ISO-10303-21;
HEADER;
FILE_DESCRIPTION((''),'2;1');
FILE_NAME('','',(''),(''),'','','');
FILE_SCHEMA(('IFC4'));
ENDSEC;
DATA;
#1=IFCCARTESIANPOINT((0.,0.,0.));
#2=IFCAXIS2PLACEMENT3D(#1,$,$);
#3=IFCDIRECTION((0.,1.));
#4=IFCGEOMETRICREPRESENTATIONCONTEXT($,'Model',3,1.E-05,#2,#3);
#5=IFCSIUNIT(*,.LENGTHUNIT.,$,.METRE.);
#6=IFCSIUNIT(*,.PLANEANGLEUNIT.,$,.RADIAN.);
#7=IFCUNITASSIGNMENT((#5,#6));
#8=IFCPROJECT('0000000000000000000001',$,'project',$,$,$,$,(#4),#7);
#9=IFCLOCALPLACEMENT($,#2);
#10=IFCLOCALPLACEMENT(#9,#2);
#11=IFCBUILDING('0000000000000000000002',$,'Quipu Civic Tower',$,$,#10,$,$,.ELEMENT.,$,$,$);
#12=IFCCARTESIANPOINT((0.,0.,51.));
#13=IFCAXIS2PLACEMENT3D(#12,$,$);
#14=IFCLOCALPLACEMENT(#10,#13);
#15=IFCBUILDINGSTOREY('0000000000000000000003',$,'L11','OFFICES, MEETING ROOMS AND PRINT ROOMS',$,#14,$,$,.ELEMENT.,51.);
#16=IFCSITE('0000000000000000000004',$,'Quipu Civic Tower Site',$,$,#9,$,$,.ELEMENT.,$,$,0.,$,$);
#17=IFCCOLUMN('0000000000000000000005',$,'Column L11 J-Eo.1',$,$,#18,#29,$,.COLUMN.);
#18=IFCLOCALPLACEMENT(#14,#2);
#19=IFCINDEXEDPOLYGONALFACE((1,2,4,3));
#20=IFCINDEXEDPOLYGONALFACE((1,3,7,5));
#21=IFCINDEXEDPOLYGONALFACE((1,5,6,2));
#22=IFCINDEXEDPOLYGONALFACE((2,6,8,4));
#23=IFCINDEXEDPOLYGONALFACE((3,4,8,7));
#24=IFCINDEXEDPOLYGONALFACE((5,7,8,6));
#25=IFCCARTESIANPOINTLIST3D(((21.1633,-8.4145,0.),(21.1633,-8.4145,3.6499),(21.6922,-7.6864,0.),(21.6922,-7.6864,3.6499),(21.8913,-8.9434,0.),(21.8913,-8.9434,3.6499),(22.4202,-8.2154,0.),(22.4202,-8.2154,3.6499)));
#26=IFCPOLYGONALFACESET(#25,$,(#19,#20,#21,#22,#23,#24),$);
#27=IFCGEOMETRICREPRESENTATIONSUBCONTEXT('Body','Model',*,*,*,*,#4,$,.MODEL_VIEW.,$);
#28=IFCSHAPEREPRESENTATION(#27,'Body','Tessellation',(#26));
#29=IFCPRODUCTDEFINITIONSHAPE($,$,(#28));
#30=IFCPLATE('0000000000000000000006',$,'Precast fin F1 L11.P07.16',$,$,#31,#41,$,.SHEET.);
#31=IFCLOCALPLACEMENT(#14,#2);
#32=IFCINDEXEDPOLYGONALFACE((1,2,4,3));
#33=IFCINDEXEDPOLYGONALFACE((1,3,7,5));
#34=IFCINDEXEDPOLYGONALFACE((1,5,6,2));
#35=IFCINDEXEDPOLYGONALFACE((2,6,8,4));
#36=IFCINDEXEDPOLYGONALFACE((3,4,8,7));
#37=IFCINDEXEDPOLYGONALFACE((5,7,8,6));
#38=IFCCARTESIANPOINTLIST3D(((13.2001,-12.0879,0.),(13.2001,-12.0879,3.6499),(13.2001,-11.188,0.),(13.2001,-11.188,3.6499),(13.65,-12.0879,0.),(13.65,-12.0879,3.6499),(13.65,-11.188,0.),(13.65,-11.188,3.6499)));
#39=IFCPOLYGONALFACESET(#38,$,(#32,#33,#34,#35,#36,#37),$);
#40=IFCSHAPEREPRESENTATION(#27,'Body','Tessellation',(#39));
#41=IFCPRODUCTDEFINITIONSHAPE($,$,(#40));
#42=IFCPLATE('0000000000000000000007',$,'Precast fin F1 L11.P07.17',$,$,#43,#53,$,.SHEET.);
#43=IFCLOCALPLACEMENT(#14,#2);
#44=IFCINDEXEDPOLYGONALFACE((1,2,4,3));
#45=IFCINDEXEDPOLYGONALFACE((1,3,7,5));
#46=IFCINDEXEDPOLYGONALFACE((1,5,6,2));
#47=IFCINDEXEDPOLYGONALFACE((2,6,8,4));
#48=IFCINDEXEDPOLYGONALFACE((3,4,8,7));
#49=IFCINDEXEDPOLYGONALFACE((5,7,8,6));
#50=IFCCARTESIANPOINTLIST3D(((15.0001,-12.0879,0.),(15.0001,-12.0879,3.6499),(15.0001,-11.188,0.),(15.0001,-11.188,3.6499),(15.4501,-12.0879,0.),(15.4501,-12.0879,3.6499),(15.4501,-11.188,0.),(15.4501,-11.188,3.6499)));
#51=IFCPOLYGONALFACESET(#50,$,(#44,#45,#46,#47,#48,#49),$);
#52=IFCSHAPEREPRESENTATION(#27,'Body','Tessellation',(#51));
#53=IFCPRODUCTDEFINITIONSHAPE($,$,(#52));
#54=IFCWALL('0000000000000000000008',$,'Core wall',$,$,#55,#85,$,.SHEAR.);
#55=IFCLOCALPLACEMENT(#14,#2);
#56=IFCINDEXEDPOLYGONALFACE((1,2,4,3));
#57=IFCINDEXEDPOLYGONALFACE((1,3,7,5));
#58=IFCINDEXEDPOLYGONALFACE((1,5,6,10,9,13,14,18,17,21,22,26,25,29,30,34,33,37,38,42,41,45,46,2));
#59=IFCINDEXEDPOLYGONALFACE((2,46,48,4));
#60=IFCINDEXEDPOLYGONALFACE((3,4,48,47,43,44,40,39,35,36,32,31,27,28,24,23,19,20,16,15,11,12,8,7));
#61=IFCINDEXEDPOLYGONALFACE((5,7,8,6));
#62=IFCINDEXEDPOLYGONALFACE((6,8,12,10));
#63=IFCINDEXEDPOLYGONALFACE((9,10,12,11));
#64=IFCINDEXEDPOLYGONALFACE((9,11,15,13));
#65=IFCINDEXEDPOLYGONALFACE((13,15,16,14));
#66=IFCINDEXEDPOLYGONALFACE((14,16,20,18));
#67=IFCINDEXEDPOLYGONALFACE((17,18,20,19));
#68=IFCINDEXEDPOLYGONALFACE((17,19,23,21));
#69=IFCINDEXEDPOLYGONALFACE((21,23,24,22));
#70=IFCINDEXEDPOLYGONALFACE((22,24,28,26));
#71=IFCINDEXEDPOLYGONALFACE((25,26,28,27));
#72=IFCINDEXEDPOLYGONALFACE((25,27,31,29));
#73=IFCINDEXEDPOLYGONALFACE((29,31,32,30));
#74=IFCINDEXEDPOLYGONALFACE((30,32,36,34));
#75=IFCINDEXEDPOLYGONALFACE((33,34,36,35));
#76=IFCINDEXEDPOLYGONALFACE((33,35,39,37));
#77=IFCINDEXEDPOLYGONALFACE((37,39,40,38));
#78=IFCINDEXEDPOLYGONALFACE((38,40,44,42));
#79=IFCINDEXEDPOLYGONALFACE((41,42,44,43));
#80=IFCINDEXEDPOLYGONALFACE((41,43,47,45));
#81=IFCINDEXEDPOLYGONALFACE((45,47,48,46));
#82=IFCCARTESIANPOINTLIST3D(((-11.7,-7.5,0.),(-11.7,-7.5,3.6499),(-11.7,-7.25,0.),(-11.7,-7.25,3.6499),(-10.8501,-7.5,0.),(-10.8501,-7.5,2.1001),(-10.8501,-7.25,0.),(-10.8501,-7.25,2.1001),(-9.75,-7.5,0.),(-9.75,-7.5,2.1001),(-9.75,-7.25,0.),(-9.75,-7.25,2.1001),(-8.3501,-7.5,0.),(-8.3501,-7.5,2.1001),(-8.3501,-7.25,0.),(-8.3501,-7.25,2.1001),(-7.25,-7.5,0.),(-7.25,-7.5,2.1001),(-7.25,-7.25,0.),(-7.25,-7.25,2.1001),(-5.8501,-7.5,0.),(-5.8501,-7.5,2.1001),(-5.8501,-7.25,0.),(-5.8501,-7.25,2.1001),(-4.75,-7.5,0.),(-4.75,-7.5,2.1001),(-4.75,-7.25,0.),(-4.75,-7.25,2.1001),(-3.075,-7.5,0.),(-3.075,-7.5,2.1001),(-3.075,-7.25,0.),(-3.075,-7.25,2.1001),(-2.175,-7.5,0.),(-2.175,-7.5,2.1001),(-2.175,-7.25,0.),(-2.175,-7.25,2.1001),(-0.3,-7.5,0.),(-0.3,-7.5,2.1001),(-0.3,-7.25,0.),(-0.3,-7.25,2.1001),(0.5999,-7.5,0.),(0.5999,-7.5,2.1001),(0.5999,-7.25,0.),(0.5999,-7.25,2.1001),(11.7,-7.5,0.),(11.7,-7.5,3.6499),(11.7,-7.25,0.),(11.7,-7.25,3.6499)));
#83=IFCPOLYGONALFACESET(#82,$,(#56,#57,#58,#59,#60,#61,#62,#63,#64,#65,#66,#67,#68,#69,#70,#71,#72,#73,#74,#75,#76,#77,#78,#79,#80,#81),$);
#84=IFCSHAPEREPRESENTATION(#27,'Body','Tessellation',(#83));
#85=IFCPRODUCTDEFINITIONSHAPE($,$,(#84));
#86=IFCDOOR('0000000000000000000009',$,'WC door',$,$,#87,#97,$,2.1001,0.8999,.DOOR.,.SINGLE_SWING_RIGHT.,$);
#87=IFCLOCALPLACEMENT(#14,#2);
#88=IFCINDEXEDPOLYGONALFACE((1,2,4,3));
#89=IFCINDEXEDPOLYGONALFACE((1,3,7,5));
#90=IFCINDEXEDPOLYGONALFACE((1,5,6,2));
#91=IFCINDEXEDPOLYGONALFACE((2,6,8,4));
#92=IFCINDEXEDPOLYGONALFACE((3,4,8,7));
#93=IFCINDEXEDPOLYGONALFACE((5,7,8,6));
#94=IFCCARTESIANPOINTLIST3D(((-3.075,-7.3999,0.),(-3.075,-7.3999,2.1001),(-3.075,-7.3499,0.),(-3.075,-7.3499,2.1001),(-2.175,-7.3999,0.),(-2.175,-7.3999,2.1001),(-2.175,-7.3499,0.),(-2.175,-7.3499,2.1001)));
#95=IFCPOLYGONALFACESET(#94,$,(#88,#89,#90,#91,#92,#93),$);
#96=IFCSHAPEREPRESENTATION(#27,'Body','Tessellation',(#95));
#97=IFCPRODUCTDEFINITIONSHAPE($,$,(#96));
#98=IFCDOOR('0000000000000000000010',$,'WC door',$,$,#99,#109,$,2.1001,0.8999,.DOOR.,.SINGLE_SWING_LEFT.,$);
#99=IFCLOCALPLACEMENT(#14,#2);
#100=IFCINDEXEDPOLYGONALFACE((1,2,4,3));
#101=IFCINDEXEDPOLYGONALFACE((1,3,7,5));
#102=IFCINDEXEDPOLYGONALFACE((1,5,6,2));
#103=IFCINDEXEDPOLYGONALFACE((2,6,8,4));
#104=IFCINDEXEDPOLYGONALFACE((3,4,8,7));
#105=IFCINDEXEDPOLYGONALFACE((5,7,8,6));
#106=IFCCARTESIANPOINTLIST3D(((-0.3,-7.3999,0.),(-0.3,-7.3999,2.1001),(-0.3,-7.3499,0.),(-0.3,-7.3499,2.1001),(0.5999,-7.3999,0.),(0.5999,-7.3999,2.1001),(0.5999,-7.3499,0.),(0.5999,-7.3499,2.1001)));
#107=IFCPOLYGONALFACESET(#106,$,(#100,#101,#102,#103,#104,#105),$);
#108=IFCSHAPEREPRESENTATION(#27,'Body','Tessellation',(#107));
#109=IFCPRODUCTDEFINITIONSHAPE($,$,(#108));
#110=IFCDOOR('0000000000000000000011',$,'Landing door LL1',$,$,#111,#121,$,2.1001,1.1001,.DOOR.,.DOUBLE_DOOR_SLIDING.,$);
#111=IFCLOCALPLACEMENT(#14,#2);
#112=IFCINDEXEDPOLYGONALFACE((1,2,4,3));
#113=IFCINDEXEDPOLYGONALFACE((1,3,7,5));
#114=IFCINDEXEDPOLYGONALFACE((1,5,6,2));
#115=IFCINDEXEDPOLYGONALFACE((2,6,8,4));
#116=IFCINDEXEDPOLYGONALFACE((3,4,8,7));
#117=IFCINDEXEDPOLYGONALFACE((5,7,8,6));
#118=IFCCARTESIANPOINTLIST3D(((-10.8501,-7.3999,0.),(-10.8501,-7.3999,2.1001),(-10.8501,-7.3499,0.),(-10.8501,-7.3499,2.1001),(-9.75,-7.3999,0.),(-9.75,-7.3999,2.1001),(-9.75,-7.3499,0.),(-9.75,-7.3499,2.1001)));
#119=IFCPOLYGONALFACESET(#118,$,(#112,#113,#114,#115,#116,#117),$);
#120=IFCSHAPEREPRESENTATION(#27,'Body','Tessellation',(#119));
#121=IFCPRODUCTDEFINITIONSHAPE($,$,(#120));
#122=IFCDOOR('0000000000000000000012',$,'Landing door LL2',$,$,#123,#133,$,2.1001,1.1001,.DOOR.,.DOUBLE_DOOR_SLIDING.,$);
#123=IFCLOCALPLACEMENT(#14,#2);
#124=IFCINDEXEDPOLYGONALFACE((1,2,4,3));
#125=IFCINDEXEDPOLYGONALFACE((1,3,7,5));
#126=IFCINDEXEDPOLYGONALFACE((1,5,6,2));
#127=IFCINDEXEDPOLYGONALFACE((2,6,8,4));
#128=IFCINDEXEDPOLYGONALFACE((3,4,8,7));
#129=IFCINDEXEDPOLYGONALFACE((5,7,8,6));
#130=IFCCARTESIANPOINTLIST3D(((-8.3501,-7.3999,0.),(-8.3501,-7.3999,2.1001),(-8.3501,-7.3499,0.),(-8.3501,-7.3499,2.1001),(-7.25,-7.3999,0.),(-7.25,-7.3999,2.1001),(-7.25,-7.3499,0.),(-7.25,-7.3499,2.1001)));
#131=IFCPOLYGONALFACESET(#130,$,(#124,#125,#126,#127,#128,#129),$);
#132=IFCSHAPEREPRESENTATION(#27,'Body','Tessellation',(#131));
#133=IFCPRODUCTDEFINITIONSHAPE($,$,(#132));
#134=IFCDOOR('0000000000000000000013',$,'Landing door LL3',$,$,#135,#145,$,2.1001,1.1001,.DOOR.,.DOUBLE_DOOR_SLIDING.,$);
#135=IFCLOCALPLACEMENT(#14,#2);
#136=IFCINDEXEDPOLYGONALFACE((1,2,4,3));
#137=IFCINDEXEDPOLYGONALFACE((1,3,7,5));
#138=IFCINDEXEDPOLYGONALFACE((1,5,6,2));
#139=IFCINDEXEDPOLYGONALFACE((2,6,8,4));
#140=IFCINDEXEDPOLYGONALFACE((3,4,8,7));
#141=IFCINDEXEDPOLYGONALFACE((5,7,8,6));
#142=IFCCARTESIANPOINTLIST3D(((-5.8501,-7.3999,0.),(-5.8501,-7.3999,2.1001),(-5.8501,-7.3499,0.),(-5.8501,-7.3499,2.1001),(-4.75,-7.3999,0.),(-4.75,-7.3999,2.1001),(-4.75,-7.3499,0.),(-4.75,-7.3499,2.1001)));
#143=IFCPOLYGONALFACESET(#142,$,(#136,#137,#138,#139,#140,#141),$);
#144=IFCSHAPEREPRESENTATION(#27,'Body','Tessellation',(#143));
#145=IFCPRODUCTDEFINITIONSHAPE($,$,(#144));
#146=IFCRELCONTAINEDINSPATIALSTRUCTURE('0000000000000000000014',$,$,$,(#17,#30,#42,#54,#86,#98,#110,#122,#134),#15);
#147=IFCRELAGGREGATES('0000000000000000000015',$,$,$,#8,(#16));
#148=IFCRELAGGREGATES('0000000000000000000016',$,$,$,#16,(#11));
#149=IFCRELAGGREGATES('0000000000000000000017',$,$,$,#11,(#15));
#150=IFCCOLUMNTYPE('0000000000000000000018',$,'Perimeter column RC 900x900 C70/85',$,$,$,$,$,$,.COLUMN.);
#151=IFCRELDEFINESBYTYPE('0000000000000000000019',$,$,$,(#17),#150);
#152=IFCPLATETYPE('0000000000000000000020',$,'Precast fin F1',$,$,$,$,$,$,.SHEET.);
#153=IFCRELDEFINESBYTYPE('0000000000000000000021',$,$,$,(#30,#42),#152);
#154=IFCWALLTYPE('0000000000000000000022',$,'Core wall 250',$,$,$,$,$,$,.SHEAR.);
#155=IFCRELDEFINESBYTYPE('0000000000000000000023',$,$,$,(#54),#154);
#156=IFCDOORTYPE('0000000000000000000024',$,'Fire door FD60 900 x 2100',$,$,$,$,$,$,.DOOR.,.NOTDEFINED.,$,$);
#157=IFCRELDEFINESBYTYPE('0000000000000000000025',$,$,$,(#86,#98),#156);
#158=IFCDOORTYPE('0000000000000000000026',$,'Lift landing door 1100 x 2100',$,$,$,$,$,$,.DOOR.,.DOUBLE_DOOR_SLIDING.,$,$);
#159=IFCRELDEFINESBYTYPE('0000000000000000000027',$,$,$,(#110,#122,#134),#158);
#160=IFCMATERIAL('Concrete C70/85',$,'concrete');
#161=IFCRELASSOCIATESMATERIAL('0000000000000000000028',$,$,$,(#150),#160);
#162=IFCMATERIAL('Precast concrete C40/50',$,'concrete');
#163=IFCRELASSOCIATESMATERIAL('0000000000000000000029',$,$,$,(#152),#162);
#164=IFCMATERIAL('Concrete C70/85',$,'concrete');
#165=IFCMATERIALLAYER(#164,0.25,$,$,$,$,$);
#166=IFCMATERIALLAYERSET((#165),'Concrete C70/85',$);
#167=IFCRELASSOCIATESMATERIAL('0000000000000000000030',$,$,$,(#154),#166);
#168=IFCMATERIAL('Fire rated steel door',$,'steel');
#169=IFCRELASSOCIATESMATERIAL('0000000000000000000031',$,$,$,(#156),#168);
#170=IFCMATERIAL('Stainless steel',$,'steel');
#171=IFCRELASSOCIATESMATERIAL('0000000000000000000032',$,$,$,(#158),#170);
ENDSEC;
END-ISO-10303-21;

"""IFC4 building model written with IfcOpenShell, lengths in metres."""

from ifc_helpers import new_model, si_unit, direction, frame, frame_2d, origin, origin_2d, place, context, subcontext, project, spatial, rectangle, extrude, material, layer, layer_set, material_profile, profile_set, type_object, element, fill, save


model = new_model("IFC4")

# Units and contexts
model_context = context("Model", 3, precision=1e-05, world=origin(), true_north=direction((0.0, 1.0)))
body_context = subcontext(model_context, "Body", "Model", "MODEL_VIEW")
ifc_project = project(units=[si_unit("LENGTHUNIT", "METRE"), si_unit("PLANEANGLEUNIT", "RADIAN")], contexts=[model_context])

# Site, building, storey
site_placement = place(None, origin())
site = spatial("IfcSite", under=ifc_project, at=site_placement, Name="Quipu Civic Tower Site", CompositionType="ELEMENT", RefElevation=0.0)
building_placement = place(site_placement, origin())
building = spatial("IfcBuilding", under=site, at=building_placement, Name="Quipu Civic Tower", CompositionType="ELEMENT")
storey_placement = place(building_placement, frame((0.0, 0.0, 51.0)))
storey = spatial("IfcBuildingStorey", under=building, at=storey_placement, Name="L11", Description="OFFICES, MEETING ROOMS AND PRINT ROOMS", CompositionType="ELEMENT", Elevation=51.0)

# Column
ifc_material_1 = material(Name="Concrete C70/85", Category="concrete")
ifc_material_profile = material_profile(ifc_material_1, rectangle(XDim=0.8999, YDim=0.8999, at=origin_2d()), Name="RC900x900")
ifc_profile_set = profile_set([ifc_material_profile], Name="Concrete C70/85")
column_type = type_object("IfcColumnType", Name="Perimeter column RC 900x900 C70/85", PredefinedType="COLUMN", material=ifc_profile_set)
column_placement = place(storey_placement, frame((21.7917, -8.3149, 0.0), z_axis=(0.0, 0.0, 1.0), x_axis=(0.587785, 0.809017, 0.0)))
element("IfcColumn", 1, at=column_placement, inside=storey, type_object=column_type, Name="Column L11 J-Eo.1", PredefinedType="COLUMN", context=body_context, shape_type="SweptSolid", body=[
    extrude(rectangle(XDim=0.8999, YDim=0.8999, at=origin_2d()), origin(), (0.0, 0.0, 1.0), 3.6499),
])

# Plates
ifc_material_2 = material(Name="Precast concrete C40/50", Category="concrete")
plate_type = type_object("IfcPlateType", Name="Precast fin F1", PredefinedType="SHEET", material=ifc_material_2)
for number, where, z_axis, x_axis, name in (
    (2, (13.425, -11.6379, 0.0), (0.0, 0.0, 1.0), (1.0, 0.0, 0.0), "Precast fin F1 L11.P07.16"),
    (3, (15.2251, -11.6379, 0.0), (0.0, 0.0, 1.0), (1.0, 0.0, 0.0), "Precast fin F1 L11.P07.17"),
):
    element("IfcPlate", number, at=place(storey_placement, frame(where, z_axis=z_axis, x_axis=x_axis)), inside=storey, type_object=plate_type, Name=name, PredefinedType="SHEET", context=body_context, shape_type="SweptSolid", body=[
        extrude(rectangle(XDim=0.45, YDim=0.8999, at=origin_2d()), origin(), (0.0, 0.0, 1.0), 3.6499),
    ])

# Wall, openings, doors
ifc_material_3 = material(Name="Concrete C70/85", Category="concrete")
ifc_layer_1 = layer(ifc_material_3, 0.25)
ifc_layer_set_1 = layer_set([ifc_layer_1], Name="Concrete C70/85")
wall_type_1 = type_object("IfcWallType", Name="Core wall 250", PredefinedType="SHEAR", material=ifc_layer_set_1)
wall_1_placement = place(storey_placement, frame((11.7, -7.375, 0.0), z_axis=(0.0, 0.0, 1.0), x_axis=(-1.0, 0.0, 0.0)))
wall_1 = element("IfcWall", 4, at=wall_1_placement, inside=storey, type_object=wall_type_1, Name="Core wall", PredefinedType="SHEAR", context=body_context, shape_type="SweptSolid", body=[
    extrude(rectangle(XDim=23.3999, YDim=0.25, at=frame_2d((11.7, 0.0))), origin(), (0.0, 0.0, 1.0), 3.6499),
])
opening_1_placement = place(wall_1_placement, frame((21.45, 0.0, 0.0)))
opening_1 = element("IfcOpeningElement", 5, at=opening_1_placement, cuts=wall_1, PredefinedType="OPENING", context=body_context, shape_type="SweptSolid", body=[
    extrude(rectangle(XDim=1.1001, YDim=2.1001, at=frame_2d((0.55, 1.05))), frame((0.0, 0.135, 0.0), z_axis=(0.0, -1.0, 0.0), x_axis=(1.0, 0.0, 0.0)), (0.0, 0.0, 1.0), 0.27),
])
opening_2_placement = place(wall_1_placement, frame((18.95, 0.0, 0.0)))
opening_2 = element("IfcOpeningElement", 6, at=opening_2_placement, cuts=wall_1, PredefinedType="OPENING", context=body_context, shape_type="SweptSolid", body=[
    extrude(rectangle(XDim=1.1001, YDim=2.1001, at=frame_2d((0.55, 1.05))), frame((0.0, 0.135, 0.0), z_axis=(0.0, -1.0, 0.0), x_axis=(1.0, 0.0, 0.0)), (0.0, 0.0, 1.0), 0.27),
])
opening_3_placement = place(wall_1_placement, frame((16.45, 0.0, 0.0)))
opening_3 = element("IfcOpeningElement", 7, at=opening_3_placement, cuts=wall_1, PredefinedType="OPENING", context=body_context, shape_type="SweptSolid", body=[
    extrude(rectangle(XDim=1.1001, YDim=2.1001, at=frame_2d((0.55, 1.05))), frame((0.0, 0.135, 0.0), z_axis=(0.0, -1.0, 0.0), x_axis=(1.0, 0.0, 0.0)), (0.0, 0.0, 1.0), 0.27),
])
opening_4_placement = place(wall_1_placement, frame((13.875, 0.0, 0.0)))
opening_4 = element("IfcOpeningElement", 8, at=opening_4_placement, cuts=wall_1, PredefinedType="OPENING", context=body_context, shape_type="SweptSolid", body=[
    extrude(rectangle(XDim=0.8999, YDim=2.1001, at=frame_2d((0.45, 1.05))), frame((0.0, 0.135, 0.0), z_axis=(0.0, -1.0, 0.0), x_axis=(1.0, 0.0, 0.0)), (0.0, 0.0, 1.0), 0.27),
])
opening_5_placement = place(wall_1_placement, frame((11.1001, 0.0, 0.0)))
opening_5 = element("IfcOpeningElement", 9, at=opening_5_placement, cuts=wall_1, PredefinedType="OPENING", context=body_context, shape_type="SweptSolid", body=[
    extrude(rectangle(XDim=0.8999, YDim=2.1001, at=frame_2d((0.45, 1.05))), frame((0.0, 0.135, 0.0), z_axis=(0.0, -1.0, 0.0), x_axis=(1.0, 0.0, 0.0)), (0.0, 0.0, 1.0), 0.27),
])
ifc_material_4 = material(Name="Fire rated steel door", Category="steel")
door_type_1 = type_object("IfcDoorType", Name="Fire door FD60 900 x 2100", OperationType="NOTDEFINED", PredefinedType="DOOR", material=ifc_material_4)
door_1_placement = place(opening_4_placement, origin())
door_1 = element("IfcDoor", 10, at=door_1_placement, inside=storey, type_object=door_type_1, Name="WC door", OperationType="SINGLE_SWING_RIGHT", OverallHeight=2.1001, OverallWidth=0.8999, PredefinedType="DOOR", context=body_context, shape_type="SweptSolid", body=[
    extrude(rectangle(XDim=0.8999, YDim=2.1001, at=frame_2d((0.45, 1.05))), frame((0.0, 0.0249, 0.0), z_axis=(0.0, -1.0, 0.0), x_axis=(1.0, 0.0, 0.0)), (0.0, 0.0, 1.0), 0.05),
])
fill(opening_4, door_1)
door_2_placement = place(opening_5_placement, origin())
door_2 = element("IfcDoor", 11, at=door_2_placement, inside=storey, type_object=door_type_1, Name="WC door", OperationType="SINGLE_SWING_LEFT", OverallHeight=2.1001, OverallWidth=0.8999, PredefinedType="DOOR", context=body_context, shape_type="SweptSolid", body=[
    extrude(rectangle(XDim=0.8999, YDim=2.1001, at=frame_2d((0.45, 1.05))), frame((0.0, 0.0249, 0.0), z_axis=(0.0, -1.0, 0.0), x_axis=(1.0, 0.0, 0.0)), (0.0, 0.0, 1.0), 0.05),
])
fill(opening_5, door_2)
ifc_material_5 = material(Name="Stainless steel", Category="steel")
door_type_2 = type_object("IfcDoorType", Name="Lift landing door 1100 x 2100", OperationType="DOUBLE_DOOR_SLIDING", PredefinedType="DOOR", material=ifc_material_5)
door_3_placement = place(opening_1_placement, origin())
door_3 = element("IfcDoor", 12, at=door_3_placement, inside=storey, type_object=door_type_2, Name="Landing door LL1", OperationType="DOUBLE_DOOR_SLIDING", OverallHeight=2.1001, OverallWidth=1.1001, PredefinedType="DOOR", context=body_context, shape_type="SweptSolid", body=[
    extrude(rectangle(XDim=1.1001, YDim=2.1001, at=frame_2d((0.55, 1.05))), frame((0.0, 0.0249, 0.0), z_axis=(0.0, -1.0, 0.0), x_axis=(1.0, 0.0, 0.0)), (0.0, 0.0, 1.0), 0.05),
])
fill(opening_1, door_3)
door_4_placement = place(opening_2_placement, origin())
door_4 = element("IfcDoor", 13, at=door_4_placement, inside=storey, type_object=door_type_2, Name="Landing door LL2", OperationType="DOUBLE_DOOR_SLIDING", OverallHeight=2.1001, OverallWidth=1.1001, PredefinedType="DOOR", context=body_context, shape_type="SweptSolid", body=[
    extrude(rectangle(XDim=1.1001, YDim=2.1001, at=frame_2d((0.55, 1.05))), frame((0.0, 0.0249, 0.0), z_axis=(0.0, -1.0, 0.0), x_axis=(1.0, 0.0, 0.0)), (0.0, 0.0, 1.0), 0.05),
])
fill(opening_2, door_4)
door_5_placement = place(opening_3_placement, origin())
door_5 = element("IfcDoor", 14, at=door_5_placement, inside=storey, type_object=door_type_2, Name="Landing door LL3", OperationType="DOUBLE_DOOR_SLIDING", OverallHeight=2.1001, OverallWidth=1.1001, PredefinedType="DOOR", context=body_context, shape_type="SweptSolid", body=[
    extrude(rectangle(XDim=1.1001, YDim=2.1001, at=frame_2d((0.55, 1.05))), frame((0.0, 0.0249, 0.0), z_axis=(0.0, -1.0, 0.0), x_axis=(1.0, 0.0, 0.0)), (0.0, 0.0, 1.0), 0.05),
])
fill(opening_3, door_5)

save(model, "model.ifc")
